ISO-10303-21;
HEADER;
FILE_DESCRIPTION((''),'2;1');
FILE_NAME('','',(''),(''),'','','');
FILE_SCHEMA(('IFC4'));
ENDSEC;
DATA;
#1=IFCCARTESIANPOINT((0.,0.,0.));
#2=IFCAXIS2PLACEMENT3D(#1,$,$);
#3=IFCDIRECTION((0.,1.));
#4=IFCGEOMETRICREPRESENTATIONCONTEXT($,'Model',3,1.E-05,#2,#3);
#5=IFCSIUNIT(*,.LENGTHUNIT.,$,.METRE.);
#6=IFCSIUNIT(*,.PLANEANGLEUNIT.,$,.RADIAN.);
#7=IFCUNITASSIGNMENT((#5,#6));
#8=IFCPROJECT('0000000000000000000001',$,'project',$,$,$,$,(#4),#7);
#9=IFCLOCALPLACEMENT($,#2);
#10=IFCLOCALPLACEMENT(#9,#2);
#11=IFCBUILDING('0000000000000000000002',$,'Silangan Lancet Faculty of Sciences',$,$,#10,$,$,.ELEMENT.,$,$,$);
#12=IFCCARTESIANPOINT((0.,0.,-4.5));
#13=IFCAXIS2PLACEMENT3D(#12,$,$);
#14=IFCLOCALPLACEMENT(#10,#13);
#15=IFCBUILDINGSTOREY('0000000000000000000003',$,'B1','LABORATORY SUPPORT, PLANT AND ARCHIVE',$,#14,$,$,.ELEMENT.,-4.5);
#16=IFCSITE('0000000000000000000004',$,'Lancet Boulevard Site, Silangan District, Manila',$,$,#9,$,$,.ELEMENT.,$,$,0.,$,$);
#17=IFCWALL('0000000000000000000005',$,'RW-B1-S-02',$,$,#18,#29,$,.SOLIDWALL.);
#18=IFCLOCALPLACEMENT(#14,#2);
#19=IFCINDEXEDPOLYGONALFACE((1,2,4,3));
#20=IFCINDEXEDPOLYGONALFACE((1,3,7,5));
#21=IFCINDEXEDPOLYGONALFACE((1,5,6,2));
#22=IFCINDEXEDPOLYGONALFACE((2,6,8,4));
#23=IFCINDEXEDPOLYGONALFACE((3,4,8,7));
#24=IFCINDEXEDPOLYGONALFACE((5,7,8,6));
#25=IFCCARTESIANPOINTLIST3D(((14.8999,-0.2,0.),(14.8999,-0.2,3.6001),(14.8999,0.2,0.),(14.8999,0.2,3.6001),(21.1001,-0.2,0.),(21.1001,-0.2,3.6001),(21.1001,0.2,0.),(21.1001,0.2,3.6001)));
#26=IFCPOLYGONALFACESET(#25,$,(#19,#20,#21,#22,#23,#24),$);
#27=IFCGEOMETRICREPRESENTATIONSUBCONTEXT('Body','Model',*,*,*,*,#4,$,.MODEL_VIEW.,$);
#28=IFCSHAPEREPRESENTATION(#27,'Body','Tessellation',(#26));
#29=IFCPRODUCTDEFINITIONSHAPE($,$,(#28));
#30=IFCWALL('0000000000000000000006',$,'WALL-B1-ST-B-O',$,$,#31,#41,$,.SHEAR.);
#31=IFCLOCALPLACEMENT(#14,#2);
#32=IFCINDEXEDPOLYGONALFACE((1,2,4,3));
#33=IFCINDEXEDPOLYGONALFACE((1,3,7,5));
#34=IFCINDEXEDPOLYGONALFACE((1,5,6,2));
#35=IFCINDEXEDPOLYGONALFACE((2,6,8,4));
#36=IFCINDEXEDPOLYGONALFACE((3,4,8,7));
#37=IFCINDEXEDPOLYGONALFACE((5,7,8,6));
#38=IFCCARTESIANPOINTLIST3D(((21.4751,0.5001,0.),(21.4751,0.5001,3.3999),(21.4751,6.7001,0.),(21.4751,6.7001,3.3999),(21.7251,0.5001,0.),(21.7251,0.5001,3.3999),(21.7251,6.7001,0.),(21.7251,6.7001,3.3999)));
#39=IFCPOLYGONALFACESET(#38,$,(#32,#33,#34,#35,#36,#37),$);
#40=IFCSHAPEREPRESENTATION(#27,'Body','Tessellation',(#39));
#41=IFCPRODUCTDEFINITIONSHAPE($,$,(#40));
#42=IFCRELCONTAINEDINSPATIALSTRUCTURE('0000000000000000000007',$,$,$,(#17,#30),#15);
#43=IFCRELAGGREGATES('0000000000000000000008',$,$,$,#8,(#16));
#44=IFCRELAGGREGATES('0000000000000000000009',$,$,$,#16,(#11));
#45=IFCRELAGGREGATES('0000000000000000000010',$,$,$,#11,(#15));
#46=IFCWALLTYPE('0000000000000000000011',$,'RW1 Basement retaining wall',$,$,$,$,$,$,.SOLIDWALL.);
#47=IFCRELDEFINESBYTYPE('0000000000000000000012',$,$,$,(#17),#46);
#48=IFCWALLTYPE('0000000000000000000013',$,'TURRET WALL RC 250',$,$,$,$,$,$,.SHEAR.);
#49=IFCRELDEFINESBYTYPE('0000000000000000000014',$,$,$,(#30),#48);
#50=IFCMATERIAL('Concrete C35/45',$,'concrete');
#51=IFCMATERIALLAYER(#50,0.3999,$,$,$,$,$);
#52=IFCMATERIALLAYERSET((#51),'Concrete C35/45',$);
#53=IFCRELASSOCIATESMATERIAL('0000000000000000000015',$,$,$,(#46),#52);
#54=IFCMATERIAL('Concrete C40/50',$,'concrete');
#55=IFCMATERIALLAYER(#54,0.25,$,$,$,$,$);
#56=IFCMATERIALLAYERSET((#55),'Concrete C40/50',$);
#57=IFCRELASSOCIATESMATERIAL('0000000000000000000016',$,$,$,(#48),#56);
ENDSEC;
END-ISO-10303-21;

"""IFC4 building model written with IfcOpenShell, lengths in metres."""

from ifc_helpers import new_model, si_unit, direction, frame, frame_2d, origin, place, context, subcontext, project, spatial, rectangle, extrude, material, layer, layer_set, type_object, element, save


model = new_model("IFC4")

# Units and contexts
model_context = context("Model", 3, precision=1e-05, world=origin(), true_north=direction((0.0, 1.0)))
body_context = subcontext(model_context, "Body", "Model", "MODEL_VIEW")
ifc_project = project(units=[si_unit("LENGTHUNIT", "METRE"), si_unit("PLANEANGLEUNIT", "RADIAN")], contexts=[model_context])

# Site, building, storey
site_placement = place(None, origin())
site = spatial("IfcSite", under=ifc_project, at=site_placement, Name="Lancet Boulevard Site, Silangan District, Manila", CompositionType="ELEMENT", RefElevation=0.0)
building_placement = place(site_placement, origin())
building = spatial("IfcBuilding", under=site, at=building_placement, Name="Silangan Lancet Faculty of Sciences", CompositionType="ELEMENT")
storey_placement = place(building_placement, frame((0.0, 0.0, -4.5)))
storey = spatial("IfcBuildingStorey", under=building, at=storey_placement, Name="B1", Description="LABORATORY SUPPORT, PLANT AND ARCHIVE", CompositionType="ELEMENT", Elevation=-4.5)

# Walls
ifc_material_1 = material(Name="Concrete C35/45", Category="concrete")
ifc_layer_1 = layer(ifc_material_1, 0.3999)
ifc_layer_set_1 = layer_set([ifc_layer_1], Name="Concrete C35/45")
wall_type_1 = type_object("IfcWallType", Name="RW1 Basement retaining wall", PredefinedType="SOLIDWALL", material=ifc_layer_set_1)
wall_1_placement = place(storey_placement, frame((14.8999, 0.0, 0.0), z_axis=(0.0, 0.0, 1.0), x_axis=(1.0, 0.0, 0.0)))
element("IfcWall", 1, at=wall_1_placement, inside=storey, type_object=wall_type_1, Name="RW-B1-S-02", PredefinedType="SOLIDWALL", context=body_context, shape_type="SweptSolid", body=[
    extrude(rectangle(XDim=6.2002, YDim=0.3999, at=frame_2d((3.1001, 0.0))), origin(), (0.0, 0.0, 1.0), 3.6001),
])
ifc_material_2 = material(Name="Concrete C40/50", Category="concrete")
ifc_layer_2 = layer(ifc_material_2, 0.25)
ifc_layer_set_2 = layer_set([ifc_layer_2], Name="Concrete C40/50")
wall_type_2 = type_object("IfcWallType", Name="TURRET WALL RC 250", PredefinedType="SHEAR", material=ifc_layer_set_2)
wall_2_placement = place(storey_placement, frame((21.6001, 0.5, 0.0), z_axis=(0.0, 0.0, 1.0), x_axis=(0.0, 1.0, 0.0)))
element("IfcWall", 2, at=wall_2_placement, inside=storey, type_object=wall_type_2, Name="WALL-B1-ST-B-O", PredefinedType="SHEAR", context=body_context, shape_type="SweptSolid", body=[
    extrude(rectangle(XDim=6.2, YDim=0.25, at=frame_2d((3.1001, 0.0))), origin(), (0.0, 0.0, 1.0), 3.3999),
])

save(model, "model.ifc")
